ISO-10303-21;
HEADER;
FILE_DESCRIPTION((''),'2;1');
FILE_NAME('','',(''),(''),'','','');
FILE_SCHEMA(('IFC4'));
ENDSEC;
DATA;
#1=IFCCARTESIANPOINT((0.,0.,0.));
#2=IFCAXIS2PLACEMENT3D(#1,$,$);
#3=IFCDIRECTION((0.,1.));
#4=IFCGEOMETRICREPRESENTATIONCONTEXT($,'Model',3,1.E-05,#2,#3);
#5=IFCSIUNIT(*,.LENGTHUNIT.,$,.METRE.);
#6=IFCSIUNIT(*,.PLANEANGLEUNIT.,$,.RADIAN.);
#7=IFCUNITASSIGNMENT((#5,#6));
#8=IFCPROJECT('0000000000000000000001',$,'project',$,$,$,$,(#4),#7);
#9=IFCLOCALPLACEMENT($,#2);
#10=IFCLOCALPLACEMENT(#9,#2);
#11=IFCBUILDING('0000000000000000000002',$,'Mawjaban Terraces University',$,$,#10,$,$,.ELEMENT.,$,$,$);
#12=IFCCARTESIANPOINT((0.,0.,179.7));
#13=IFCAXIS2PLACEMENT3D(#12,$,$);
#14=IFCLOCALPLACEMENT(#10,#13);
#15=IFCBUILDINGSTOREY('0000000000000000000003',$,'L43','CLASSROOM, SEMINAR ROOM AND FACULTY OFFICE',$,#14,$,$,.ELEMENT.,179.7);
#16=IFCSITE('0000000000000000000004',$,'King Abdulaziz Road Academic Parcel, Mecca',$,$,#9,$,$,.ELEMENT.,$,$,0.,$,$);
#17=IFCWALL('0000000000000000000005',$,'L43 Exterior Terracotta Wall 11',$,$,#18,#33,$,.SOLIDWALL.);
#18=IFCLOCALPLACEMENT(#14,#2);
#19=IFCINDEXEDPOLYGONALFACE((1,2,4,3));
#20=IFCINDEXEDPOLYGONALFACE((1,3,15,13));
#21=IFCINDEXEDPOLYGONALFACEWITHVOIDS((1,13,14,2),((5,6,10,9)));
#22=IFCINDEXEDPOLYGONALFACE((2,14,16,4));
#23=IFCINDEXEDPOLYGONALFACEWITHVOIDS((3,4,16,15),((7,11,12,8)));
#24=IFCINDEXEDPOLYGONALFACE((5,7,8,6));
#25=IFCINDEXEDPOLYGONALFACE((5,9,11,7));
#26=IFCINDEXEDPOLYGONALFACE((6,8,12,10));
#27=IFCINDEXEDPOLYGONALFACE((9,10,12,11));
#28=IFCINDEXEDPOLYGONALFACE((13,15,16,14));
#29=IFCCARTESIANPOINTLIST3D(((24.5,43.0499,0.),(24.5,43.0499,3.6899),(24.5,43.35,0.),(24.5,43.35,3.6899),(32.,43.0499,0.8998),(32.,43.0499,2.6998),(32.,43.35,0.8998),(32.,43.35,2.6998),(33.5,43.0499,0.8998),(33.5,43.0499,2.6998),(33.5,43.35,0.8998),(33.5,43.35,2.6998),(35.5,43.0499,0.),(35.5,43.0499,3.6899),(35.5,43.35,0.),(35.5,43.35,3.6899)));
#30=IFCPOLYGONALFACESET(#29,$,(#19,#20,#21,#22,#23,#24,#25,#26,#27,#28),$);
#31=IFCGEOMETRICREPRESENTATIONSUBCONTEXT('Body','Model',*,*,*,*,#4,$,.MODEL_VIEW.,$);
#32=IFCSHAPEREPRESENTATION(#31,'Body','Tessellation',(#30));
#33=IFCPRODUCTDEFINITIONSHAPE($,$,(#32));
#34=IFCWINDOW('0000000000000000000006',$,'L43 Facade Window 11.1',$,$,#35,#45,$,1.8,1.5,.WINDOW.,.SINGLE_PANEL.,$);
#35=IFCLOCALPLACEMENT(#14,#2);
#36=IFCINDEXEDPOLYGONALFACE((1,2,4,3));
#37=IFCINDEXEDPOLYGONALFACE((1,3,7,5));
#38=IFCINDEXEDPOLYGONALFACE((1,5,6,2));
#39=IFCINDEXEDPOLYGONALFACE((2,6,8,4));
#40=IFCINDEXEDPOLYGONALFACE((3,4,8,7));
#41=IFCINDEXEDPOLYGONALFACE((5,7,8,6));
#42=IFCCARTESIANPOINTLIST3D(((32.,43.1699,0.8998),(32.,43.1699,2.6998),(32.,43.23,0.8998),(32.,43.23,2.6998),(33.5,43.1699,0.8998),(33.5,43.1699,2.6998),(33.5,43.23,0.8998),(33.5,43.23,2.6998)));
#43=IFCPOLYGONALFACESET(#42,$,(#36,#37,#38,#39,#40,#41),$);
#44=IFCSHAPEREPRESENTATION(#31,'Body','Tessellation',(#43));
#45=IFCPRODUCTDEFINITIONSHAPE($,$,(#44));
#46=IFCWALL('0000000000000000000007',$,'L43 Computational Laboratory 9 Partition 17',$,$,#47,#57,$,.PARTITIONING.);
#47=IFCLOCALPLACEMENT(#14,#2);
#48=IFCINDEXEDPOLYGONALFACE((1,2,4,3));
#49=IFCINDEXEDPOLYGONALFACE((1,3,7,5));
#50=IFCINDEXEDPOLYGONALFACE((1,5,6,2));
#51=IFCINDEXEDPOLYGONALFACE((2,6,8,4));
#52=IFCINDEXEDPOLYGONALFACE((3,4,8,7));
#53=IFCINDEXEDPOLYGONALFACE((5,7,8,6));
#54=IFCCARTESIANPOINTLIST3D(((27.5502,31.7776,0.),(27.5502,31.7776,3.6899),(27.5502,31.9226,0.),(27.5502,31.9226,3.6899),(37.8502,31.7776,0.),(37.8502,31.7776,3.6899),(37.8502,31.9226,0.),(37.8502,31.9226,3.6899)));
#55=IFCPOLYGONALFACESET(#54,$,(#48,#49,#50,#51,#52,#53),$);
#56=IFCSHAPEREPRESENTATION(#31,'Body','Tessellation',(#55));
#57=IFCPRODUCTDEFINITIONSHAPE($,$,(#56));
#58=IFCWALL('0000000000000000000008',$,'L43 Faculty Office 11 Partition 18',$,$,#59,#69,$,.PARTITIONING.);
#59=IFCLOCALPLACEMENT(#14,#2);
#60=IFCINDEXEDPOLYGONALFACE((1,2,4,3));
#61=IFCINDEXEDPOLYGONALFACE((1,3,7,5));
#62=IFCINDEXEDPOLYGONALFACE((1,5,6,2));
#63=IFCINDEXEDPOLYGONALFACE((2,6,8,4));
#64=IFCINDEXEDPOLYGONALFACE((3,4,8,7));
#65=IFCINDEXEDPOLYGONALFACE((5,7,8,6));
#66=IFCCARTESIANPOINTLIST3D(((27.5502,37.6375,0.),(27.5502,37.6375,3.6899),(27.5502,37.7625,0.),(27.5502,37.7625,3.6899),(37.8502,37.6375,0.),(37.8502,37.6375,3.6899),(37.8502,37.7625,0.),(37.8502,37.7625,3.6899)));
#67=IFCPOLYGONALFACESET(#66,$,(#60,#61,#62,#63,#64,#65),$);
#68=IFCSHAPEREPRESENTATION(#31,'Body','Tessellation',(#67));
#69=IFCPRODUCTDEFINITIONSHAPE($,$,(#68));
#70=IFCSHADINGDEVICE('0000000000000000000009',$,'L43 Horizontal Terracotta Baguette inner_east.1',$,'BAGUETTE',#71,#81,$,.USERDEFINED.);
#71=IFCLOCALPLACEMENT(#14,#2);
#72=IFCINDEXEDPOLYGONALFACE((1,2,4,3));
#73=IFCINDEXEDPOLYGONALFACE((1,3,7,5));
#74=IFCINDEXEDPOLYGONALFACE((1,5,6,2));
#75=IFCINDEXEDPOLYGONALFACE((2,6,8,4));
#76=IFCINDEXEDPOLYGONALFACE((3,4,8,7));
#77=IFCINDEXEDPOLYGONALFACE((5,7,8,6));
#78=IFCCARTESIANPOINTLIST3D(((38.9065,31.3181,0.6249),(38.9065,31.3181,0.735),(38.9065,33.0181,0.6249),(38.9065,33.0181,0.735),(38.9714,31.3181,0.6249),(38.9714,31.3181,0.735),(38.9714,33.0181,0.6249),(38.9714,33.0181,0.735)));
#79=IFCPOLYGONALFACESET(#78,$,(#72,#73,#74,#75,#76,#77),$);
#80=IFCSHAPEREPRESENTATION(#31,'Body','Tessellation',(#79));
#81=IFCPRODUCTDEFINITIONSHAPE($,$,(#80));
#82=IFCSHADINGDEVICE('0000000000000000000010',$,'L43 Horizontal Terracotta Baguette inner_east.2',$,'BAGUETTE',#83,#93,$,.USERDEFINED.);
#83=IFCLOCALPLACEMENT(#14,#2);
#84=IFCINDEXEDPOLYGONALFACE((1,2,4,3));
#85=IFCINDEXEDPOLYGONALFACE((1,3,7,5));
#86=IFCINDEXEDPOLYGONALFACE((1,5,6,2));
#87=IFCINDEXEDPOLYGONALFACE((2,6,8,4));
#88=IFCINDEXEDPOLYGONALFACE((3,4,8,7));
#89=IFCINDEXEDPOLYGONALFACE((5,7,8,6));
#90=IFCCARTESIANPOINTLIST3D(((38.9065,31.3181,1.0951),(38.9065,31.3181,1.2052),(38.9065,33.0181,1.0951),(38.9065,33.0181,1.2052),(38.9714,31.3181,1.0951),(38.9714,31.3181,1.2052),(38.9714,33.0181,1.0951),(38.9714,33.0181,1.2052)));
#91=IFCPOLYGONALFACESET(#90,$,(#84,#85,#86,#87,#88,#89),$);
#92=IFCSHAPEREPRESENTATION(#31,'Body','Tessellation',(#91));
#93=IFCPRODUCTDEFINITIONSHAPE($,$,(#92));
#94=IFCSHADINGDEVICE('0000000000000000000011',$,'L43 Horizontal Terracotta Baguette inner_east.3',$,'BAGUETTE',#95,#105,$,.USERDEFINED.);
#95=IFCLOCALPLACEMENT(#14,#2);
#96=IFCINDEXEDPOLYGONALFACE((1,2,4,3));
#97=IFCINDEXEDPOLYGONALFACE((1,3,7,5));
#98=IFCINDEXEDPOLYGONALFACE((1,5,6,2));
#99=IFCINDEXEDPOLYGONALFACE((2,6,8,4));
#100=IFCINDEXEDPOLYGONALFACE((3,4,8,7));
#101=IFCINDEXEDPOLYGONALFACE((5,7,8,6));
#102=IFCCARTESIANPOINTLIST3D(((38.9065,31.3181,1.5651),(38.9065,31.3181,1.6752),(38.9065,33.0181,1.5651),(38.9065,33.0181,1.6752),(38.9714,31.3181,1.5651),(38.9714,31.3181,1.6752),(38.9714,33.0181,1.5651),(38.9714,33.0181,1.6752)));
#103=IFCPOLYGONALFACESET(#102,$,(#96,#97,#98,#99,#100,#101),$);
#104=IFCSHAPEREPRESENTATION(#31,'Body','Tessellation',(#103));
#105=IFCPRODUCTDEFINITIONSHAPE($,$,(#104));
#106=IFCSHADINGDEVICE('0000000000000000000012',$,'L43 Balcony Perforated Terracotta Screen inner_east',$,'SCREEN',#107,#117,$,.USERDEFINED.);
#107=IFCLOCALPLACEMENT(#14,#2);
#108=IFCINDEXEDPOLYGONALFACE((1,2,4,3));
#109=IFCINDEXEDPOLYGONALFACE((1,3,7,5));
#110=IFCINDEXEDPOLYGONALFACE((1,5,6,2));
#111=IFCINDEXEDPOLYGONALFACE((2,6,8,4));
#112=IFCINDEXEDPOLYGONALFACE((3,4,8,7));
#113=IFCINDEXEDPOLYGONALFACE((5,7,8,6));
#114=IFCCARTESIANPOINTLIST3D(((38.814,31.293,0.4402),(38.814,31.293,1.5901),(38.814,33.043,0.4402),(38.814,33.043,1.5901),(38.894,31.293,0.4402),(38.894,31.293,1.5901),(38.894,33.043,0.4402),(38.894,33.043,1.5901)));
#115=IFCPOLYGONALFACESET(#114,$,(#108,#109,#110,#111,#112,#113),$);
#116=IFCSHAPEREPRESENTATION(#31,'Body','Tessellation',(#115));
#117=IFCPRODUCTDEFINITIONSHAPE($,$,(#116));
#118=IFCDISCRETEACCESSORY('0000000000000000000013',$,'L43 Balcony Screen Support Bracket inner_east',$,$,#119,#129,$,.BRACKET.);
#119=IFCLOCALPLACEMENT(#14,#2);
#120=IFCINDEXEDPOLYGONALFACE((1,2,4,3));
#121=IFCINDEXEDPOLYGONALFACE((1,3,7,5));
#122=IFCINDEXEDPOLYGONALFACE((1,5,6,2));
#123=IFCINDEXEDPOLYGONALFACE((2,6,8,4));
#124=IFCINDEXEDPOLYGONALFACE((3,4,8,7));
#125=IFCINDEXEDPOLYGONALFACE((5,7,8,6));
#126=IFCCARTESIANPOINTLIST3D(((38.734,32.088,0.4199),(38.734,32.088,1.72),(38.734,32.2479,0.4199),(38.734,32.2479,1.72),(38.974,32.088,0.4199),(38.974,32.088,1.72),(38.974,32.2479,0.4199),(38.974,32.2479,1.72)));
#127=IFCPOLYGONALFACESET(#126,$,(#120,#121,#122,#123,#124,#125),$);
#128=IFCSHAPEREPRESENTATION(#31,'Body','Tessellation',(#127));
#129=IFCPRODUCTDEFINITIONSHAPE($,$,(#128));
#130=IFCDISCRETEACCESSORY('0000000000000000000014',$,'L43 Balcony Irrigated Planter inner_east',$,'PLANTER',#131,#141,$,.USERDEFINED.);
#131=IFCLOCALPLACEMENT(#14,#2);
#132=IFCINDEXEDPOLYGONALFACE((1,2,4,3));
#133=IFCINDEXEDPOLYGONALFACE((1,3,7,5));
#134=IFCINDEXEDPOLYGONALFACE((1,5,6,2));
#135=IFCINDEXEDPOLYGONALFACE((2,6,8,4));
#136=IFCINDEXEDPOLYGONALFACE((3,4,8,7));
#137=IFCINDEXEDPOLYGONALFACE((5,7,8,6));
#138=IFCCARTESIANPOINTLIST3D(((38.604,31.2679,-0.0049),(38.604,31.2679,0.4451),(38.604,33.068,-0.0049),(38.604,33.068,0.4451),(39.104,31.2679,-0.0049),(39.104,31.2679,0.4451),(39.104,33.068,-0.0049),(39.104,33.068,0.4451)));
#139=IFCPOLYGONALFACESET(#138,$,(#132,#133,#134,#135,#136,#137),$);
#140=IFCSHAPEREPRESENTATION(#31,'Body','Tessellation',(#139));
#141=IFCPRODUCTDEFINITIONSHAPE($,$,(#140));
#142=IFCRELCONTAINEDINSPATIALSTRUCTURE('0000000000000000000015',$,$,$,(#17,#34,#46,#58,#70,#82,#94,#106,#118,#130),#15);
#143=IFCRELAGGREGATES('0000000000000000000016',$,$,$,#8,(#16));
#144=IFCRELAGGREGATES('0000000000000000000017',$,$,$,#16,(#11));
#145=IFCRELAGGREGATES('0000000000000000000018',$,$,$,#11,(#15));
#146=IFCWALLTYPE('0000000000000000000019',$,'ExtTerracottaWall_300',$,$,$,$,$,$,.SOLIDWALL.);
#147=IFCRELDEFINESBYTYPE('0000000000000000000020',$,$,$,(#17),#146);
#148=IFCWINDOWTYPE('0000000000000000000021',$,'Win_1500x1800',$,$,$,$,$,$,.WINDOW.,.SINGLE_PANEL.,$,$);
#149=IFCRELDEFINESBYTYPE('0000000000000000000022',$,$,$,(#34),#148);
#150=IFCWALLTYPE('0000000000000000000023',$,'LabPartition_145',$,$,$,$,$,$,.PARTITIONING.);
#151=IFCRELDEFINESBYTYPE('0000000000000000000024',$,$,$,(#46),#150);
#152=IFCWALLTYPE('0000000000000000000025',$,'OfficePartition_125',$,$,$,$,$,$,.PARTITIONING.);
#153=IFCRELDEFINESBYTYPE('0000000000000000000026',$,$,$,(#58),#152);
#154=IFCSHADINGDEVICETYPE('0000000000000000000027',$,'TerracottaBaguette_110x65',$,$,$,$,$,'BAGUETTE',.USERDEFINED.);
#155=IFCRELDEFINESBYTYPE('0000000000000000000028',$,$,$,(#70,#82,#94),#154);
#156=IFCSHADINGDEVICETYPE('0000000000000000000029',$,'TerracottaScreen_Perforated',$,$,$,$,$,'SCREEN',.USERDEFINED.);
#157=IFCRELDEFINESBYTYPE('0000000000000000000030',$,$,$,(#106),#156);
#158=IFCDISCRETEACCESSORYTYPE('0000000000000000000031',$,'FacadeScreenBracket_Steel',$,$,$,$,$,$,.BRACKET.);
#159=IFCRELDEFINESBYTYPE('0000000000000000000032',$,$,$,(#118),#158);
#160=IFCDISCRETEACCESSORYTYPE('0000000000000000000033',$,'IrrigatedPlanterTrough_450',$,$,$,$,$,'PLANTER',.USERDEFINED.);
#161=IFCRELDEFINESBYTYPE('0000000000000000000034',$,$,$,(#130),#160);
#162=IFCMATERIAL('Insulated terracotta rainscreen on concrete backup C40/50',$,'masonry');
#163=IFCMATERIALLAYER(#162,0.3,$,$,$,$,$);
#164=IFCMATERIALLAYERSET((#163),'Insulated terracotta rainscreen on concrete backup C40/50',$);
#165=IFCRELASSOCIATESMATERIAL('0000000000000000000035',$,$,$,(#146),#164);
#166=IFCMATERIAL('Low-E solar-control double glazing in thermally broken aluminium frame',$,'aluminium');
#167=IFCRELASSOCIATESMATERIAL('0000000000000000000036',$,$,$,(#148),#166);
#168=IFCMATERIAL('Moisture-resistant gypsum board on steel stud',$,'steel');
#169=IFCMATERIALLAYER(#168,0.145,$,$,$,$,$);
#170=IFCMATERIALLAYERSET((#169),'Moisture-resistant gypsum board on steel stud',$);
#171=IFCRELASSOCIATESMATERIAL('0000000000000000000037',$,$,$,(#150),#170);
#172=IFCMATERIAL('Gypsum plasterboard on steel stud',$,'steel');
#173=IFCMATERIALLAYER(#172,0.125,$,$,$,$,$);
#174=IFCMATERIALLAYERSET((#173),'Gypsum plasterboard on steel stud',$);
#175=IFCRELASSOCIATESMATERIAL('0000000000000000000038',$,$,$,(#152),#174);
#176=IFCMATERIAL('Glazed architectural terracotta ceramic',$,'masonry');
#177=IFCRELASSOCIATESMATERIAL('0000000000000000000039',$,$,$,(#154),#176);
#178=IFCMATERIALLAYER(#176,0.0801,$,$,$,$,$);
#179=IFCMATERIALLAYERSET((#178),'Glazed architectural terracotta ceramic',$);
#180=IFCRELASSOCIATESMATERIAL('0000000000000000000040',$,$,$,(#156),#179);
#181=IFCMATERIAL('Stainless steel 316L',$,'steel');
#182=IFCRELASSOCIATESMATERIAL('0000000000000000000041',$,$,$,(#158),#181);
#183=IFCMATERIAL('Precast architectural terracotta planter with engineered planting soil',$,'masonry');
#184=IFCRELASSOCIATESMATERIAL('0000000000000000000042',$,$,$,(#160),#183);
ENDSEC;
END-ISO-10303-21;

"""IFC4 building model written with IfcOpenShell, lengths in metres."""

from ifc_helpers import new_model, si_unit, direction, frame, frame_2d, origin, origin_2d, place, context, subcontext, project, spatial, rectangle, extrude, material, layer, layer_set, material_profile, profile_set, type_object, element, fill, save


model = new_model("IFC4")

# Units and contexts
model_context = context("Model", 3, precision=1e-05, world=origin(), true_north=direction((0.0, 1.0)))
body_context = subcontext(model_context, "Body", "Model", "MODEL_VIEW")
ifc_project = project(units=[si_unit("LENGTHUNIT", "METRE"), si_unit("PLANEANGLEUNIT", "RADIAN")], contexts=[model_context])

# Site, building, storey
site_placement = place(None, origin())
site = spatial("IfcSite", under=ifc_project, at=site_placement, Name="King Abdulaziz Road Academic Parcel, Mecca", CompositionType="ELEMENT", RefElevation=0.0)
building_placement = place(site_placement, origin())
building = spatial("IfcBuilding", under=site, at=building_placement, Name="Mawjaban Terraces University", CompositionType="ELEMENT")
storey_placement = place(building_placement, frame((0.0, 0.0, 179.7)))
storey = spatial("IfcBuildingStorey", under=building, at=storey_placement, Name="L43", Description="CLASSROOM, SEMINAR ROOM AND FACULTY OFFICE", CompositionType="ELEMENT", Elevation=179.7)

# Shared definitions
ifc_material_1 = material(Name="Insulated terracotta rainscreen on concrete backup C40/50", Category="masonry")
ifc_layer_1 = layer(ifc_material_1, 0.3)
ifc_layer_set_1 = layer_set([ifc_layer_1], Name="Insulated terracotta rainscreen on concrete backup C40/50")
wall_type_1 = type_object("IfcWallType", Name="ExtTerracottaWall_300", PredefinedType="SOLIDWALL", material=ifc_layer_set_1)

# Wall, opening, window
wall_1_placement = place(storey_placement, frame((35.5, 43.2, 0.0), z_axis=(0.0, 0.0, 1.0), x_axis=(-1.0, 0.0, 0.0)))
wall_1 = element("IfcWall", 1, at=wall_1_placement, inside=storey, type_object=wall_type_1, Name="L43 Exterior Terracotta Wall 11", PredefinedType="SOLIDWALL", context=body_context, shape_type="SweptSolid", body=[
    extrude(rectangle(XDim=11.0, YDim=0.3, at=frame_2d((5.5, 0.0))), origin(), (0.0, 0.0, 1.0), 3.6899),
])
opening_1_placement = place(wall_1_placement, frame((2.0, 0.0, 0.8999)))
opening_1 = element("IfcOpeningElement", 2, at=opening_1_placement, cuts=wall_1, PredefinedType="OPENING", context=body_context, shape_type="SweptSolid", body=[
    extrude(rectangle(XDim=1.5, YDim=1.8, at=frame_2d((0.75, 0.8999))), frame((0.0, 0.1599, 0.0), z_axis=(0.0, -1.0, 0.0), x_axis=(1.0, 0.0, 0.0)), (0.0, 0.0, 1.0), 0.3201),
])
ifc_material_2 = material(Name="Low-E solar-control double glazing in thermally broken aluminium frame", Category="aluminium")
window_type = type_object("IfcWindowType", Name="Win_1500x1800", PartitioningType="SINGLE_PANEL", PredefinedType="WINDOW", material=ifc_material_2)
window_placement = place(opening_1_placement, origin())
window = element("IfcWindow", 3, at=window_placement, inside=storey, type_object=window_type, Name="L43 Facade Window 11.1", OverallHeight=1.8, OverallWidth=1.5, PartitioningType="SINGLE_PANEL", PredefinedType="WINDOW", context=body_context, shape_type="SweptSolid", body=[
    extrude(rectangle(XDim=1.5, YDim=1.8, at=frame_2d((0.75, 0.8999))), frame((0.0, 0.03, 0.0), z_axis=(0.0, -1.0, 0.0), x_axis=(1.0, 0.0, 0.0)), (0.0, 0.0, 1.0), 0.0601),
])
fill(opening_1, window)

# Walls
ifc_material_3 = material(Name="Moisture-resistant gypsum board on steel stud", Category="steel")
ifc_layer_2 = layer(ifc_material_3, 0.145)
ifc_layer_set_2 = layer_set([ifc_layer_2], Name="Moisture-resistant gypsum board on steel stud")
wall_type_2 = type_object("IfcWallType", Name="LabPartition_145", PredefinedType="PARTITIONING", material=ifc_layer_set_2)
wall_2_placement = place(storey_placement, frame((37.8501, 31.8501, 0.0), z_axis=(0.0, 0.0, 1.0), x_axis=(-1.0, 0.0, 0.0)))
element("IfcWall", 4, at=wall_2_placement, inside=storey, type_object=wall_type_2, Name="L43 Computational Laboratory 9 Partition 17", PredefinedType="PARTITIONING", context=body_context, shape_type="SweptSolid", body=[
    extrude(rectangle(XDim=10.3, YDim=0.145, at=frame_2d((5.1499, 0.0))), origin(), (0.0, 0.0, 1.0), 3.6899),
])
ifc_material_4 = material(Name="Gypsum plasterboard on steel stud", Category="steel")
ifc_layer_3 = layer(ifc_material_4, 0.125)
ifc_layer_set_3 = layer_set([ifc_layer_3], Name="Gypsum plasterboard on steel stud")
wall_type_3 = type_object("IfcWallType", Name="OfficePartition_125", PredefinedType="PARTITIONING", material=ifc_layer_set_3)
wall_3_placement = place(storey_placement, frame((37.8501, 37.7, 0.0), z_axis=(0.0, 0.0, 1.0), x_axis=(-1.0, 0.0, 0.0)))
element("IfcWall", 5, at=wall_3_placement, inside=storey, type_object=wall_type_3, Name="L43 Faculty Office 11 Partition 18", PredefinedType="PARTITIONING", context=body_context, shape_type="SweptSolid", body=[
    extrude(rectangle(XDim=10.3, YDim=0.125, at=frame_2d((5.1499, 0.0))), origin(), (0.0, 0.0, 1.0), 3.6899),
])

# Shading devices
ifc_material_5 = material(Name="Glazed architectural terracotta ceramic", Category="masonry")
ifc_material_profile_1 = material_profile(ifc_material_5, rectangle(XDim=0.0649, YDim=0.1101, at=origin_2d()), Name="TBAG110X65")
ifc_profile_set_1 = profile_set([ifc_material_profile_1], Name="Glazed architectural terracotta ceramic")
shading_device_type_1 = type_object("IfcShadingDeviceType", Name="TerracottaBaguette_110x65", ElementType="BAGUETTE", PredefinedType="USERDEFINED", material=ifc_profile_set_1)
for number, where, z_axis, x_axis, name in (
    (6, (38.939, 31.3181, 0.6799), (0.0, 1.0, 0.0), (-1.0, 0.0, 0.0), "L43 Horizontal Terracotta Baguette inner_east.1"),
    (7, (38.939, 31.3181, 1.1501), (0.0, 1.0, 0.0), (-1.0, 0.0, 0.0), "L43 Horizontal Terracotta Baguette inner_east.2"),
    (8, (38.939, 31.3181, 1.6201), (0.0, 1.0, 0.0), (-1.0, 0.0, 0.0), "L43 Horizontal Terracotta Baguette inner_east.3"),
):
    element("IfcShadingDevice", number, at=place(storey_placement, frame(where, z_axis=z_axis, x_axis=x_axis)), inside=storey, type_object=shading_device_type_1, Name=name, ObjectType="BAGUETTE", PredefinedType="USERDEFINED", context=body_context, shape_type="SweptSolid", body=[
        extrude(rectangle(XDim=0.0649, YDim=0.1101, at=origin_2d()), origin(), (0.0, 0.0, 1.0), 1.7),
    ])
ifc_layer_4 = layer(ifc_material_5, 0.0801)
ifc_layer_set_4 = layer_set([ifc_layer_4], Name="Glazed architectural terracotta ceramic")
shading_device_type_2 = type_object("IfcShadingDeviceType", Name="TerracottaScreen_Perforated", ElementType="SCREEN", PredefinedType="USERDEFINED", material=ifc_layer_set_4)
shading_device_placement = place(storey_placement, frame((38.854, 32.168, 0.4402), z_axis=(0.0, 0.0, 1.0), x_axis=(0.0, 1.0, 0.0)))
element("IfcShadingDevice", 9, at=shading_device_placement, inside=storey, type_object=shading_device_type_2, Name="L43 Balcony Perforated Terracotta Screen inner_east", ObjectType="SCREEN", PredefinedType="USERDEFINED", context=body_context, shape_type="SweptSolid", body=[
    extrude(rectangle(XDim=1.75, YDim=0.0801, at=origin_2d()), origin(), (0.0, 0.0, 1.0), 1.1499),
])

# Discrete accessories
ifc_material_6 = material(Name="Stainless steel 316L", Category="steel")
discrete_accessory_type_1 = type_object("IfcDiscreteAccessoryType", Name="FacadeScreenBracket_Steel", PredefinedType="BRACKET", material=ifc_material_6)
discrete_accessory_1_placement = place(storey_placement, frame((38.854, 32.168, 0.4199), z_axis=(0.0, 0.0, 1.0), x_axis=(0.0, 1.0, 0.0)))
element("IfcDiscreteAccessory", 10, at=discrete_accessory_1_placement, inside=storey, type_object=discrete_accessory_type_1, Name="L43 Balcony Screen Support Bracket inner_east", PredefinedType="BRACKET", context=body_context, shape_type="SweptSolid", body=[
    extrude(rectangle(XDim=0.1599, YDim=0.24, at=origin_2d()), origin(), (0.0, 0.0, 1.0), 1.3),
])
ifc_material_7 = material(Name="Precast architectural terracotta planter with engineered planting soil", Category="masonry")
discrete_accessory_type_2 = type_object("IfcDiscreteAccessoryType", Name="IrrigatedPlanterTrough_450", ElementType="PLANTER", PredefinedType="USERDEFINED", material=ifc_material_7)
discrete_accessory_2_placement = place(storey_placement, frame((38.854, 32.168, -0.0049), z_axis=(0.0, 0.0, 1.0), x_axis=(0.0, 1.0, 0.0)))
element("IfcDiscreteAccessory", 11, at=discrete_accessory_2_placement, inside=storey, type_object=discrete_accessory_type_2, Name="L43 Balcony Irrigated Planter inner_east", ObjectType="PLANTER", PredefinedType="USERDEFINED", context=body_context, shape_type="SweptSolid", body=[
    extrude(rectangle(XDim=1.8, YDim=0.5, at=origin_2d()), origin(), (0.0, 0.0, 1.0), 0.45),
])

save(model, "model.ifc")
